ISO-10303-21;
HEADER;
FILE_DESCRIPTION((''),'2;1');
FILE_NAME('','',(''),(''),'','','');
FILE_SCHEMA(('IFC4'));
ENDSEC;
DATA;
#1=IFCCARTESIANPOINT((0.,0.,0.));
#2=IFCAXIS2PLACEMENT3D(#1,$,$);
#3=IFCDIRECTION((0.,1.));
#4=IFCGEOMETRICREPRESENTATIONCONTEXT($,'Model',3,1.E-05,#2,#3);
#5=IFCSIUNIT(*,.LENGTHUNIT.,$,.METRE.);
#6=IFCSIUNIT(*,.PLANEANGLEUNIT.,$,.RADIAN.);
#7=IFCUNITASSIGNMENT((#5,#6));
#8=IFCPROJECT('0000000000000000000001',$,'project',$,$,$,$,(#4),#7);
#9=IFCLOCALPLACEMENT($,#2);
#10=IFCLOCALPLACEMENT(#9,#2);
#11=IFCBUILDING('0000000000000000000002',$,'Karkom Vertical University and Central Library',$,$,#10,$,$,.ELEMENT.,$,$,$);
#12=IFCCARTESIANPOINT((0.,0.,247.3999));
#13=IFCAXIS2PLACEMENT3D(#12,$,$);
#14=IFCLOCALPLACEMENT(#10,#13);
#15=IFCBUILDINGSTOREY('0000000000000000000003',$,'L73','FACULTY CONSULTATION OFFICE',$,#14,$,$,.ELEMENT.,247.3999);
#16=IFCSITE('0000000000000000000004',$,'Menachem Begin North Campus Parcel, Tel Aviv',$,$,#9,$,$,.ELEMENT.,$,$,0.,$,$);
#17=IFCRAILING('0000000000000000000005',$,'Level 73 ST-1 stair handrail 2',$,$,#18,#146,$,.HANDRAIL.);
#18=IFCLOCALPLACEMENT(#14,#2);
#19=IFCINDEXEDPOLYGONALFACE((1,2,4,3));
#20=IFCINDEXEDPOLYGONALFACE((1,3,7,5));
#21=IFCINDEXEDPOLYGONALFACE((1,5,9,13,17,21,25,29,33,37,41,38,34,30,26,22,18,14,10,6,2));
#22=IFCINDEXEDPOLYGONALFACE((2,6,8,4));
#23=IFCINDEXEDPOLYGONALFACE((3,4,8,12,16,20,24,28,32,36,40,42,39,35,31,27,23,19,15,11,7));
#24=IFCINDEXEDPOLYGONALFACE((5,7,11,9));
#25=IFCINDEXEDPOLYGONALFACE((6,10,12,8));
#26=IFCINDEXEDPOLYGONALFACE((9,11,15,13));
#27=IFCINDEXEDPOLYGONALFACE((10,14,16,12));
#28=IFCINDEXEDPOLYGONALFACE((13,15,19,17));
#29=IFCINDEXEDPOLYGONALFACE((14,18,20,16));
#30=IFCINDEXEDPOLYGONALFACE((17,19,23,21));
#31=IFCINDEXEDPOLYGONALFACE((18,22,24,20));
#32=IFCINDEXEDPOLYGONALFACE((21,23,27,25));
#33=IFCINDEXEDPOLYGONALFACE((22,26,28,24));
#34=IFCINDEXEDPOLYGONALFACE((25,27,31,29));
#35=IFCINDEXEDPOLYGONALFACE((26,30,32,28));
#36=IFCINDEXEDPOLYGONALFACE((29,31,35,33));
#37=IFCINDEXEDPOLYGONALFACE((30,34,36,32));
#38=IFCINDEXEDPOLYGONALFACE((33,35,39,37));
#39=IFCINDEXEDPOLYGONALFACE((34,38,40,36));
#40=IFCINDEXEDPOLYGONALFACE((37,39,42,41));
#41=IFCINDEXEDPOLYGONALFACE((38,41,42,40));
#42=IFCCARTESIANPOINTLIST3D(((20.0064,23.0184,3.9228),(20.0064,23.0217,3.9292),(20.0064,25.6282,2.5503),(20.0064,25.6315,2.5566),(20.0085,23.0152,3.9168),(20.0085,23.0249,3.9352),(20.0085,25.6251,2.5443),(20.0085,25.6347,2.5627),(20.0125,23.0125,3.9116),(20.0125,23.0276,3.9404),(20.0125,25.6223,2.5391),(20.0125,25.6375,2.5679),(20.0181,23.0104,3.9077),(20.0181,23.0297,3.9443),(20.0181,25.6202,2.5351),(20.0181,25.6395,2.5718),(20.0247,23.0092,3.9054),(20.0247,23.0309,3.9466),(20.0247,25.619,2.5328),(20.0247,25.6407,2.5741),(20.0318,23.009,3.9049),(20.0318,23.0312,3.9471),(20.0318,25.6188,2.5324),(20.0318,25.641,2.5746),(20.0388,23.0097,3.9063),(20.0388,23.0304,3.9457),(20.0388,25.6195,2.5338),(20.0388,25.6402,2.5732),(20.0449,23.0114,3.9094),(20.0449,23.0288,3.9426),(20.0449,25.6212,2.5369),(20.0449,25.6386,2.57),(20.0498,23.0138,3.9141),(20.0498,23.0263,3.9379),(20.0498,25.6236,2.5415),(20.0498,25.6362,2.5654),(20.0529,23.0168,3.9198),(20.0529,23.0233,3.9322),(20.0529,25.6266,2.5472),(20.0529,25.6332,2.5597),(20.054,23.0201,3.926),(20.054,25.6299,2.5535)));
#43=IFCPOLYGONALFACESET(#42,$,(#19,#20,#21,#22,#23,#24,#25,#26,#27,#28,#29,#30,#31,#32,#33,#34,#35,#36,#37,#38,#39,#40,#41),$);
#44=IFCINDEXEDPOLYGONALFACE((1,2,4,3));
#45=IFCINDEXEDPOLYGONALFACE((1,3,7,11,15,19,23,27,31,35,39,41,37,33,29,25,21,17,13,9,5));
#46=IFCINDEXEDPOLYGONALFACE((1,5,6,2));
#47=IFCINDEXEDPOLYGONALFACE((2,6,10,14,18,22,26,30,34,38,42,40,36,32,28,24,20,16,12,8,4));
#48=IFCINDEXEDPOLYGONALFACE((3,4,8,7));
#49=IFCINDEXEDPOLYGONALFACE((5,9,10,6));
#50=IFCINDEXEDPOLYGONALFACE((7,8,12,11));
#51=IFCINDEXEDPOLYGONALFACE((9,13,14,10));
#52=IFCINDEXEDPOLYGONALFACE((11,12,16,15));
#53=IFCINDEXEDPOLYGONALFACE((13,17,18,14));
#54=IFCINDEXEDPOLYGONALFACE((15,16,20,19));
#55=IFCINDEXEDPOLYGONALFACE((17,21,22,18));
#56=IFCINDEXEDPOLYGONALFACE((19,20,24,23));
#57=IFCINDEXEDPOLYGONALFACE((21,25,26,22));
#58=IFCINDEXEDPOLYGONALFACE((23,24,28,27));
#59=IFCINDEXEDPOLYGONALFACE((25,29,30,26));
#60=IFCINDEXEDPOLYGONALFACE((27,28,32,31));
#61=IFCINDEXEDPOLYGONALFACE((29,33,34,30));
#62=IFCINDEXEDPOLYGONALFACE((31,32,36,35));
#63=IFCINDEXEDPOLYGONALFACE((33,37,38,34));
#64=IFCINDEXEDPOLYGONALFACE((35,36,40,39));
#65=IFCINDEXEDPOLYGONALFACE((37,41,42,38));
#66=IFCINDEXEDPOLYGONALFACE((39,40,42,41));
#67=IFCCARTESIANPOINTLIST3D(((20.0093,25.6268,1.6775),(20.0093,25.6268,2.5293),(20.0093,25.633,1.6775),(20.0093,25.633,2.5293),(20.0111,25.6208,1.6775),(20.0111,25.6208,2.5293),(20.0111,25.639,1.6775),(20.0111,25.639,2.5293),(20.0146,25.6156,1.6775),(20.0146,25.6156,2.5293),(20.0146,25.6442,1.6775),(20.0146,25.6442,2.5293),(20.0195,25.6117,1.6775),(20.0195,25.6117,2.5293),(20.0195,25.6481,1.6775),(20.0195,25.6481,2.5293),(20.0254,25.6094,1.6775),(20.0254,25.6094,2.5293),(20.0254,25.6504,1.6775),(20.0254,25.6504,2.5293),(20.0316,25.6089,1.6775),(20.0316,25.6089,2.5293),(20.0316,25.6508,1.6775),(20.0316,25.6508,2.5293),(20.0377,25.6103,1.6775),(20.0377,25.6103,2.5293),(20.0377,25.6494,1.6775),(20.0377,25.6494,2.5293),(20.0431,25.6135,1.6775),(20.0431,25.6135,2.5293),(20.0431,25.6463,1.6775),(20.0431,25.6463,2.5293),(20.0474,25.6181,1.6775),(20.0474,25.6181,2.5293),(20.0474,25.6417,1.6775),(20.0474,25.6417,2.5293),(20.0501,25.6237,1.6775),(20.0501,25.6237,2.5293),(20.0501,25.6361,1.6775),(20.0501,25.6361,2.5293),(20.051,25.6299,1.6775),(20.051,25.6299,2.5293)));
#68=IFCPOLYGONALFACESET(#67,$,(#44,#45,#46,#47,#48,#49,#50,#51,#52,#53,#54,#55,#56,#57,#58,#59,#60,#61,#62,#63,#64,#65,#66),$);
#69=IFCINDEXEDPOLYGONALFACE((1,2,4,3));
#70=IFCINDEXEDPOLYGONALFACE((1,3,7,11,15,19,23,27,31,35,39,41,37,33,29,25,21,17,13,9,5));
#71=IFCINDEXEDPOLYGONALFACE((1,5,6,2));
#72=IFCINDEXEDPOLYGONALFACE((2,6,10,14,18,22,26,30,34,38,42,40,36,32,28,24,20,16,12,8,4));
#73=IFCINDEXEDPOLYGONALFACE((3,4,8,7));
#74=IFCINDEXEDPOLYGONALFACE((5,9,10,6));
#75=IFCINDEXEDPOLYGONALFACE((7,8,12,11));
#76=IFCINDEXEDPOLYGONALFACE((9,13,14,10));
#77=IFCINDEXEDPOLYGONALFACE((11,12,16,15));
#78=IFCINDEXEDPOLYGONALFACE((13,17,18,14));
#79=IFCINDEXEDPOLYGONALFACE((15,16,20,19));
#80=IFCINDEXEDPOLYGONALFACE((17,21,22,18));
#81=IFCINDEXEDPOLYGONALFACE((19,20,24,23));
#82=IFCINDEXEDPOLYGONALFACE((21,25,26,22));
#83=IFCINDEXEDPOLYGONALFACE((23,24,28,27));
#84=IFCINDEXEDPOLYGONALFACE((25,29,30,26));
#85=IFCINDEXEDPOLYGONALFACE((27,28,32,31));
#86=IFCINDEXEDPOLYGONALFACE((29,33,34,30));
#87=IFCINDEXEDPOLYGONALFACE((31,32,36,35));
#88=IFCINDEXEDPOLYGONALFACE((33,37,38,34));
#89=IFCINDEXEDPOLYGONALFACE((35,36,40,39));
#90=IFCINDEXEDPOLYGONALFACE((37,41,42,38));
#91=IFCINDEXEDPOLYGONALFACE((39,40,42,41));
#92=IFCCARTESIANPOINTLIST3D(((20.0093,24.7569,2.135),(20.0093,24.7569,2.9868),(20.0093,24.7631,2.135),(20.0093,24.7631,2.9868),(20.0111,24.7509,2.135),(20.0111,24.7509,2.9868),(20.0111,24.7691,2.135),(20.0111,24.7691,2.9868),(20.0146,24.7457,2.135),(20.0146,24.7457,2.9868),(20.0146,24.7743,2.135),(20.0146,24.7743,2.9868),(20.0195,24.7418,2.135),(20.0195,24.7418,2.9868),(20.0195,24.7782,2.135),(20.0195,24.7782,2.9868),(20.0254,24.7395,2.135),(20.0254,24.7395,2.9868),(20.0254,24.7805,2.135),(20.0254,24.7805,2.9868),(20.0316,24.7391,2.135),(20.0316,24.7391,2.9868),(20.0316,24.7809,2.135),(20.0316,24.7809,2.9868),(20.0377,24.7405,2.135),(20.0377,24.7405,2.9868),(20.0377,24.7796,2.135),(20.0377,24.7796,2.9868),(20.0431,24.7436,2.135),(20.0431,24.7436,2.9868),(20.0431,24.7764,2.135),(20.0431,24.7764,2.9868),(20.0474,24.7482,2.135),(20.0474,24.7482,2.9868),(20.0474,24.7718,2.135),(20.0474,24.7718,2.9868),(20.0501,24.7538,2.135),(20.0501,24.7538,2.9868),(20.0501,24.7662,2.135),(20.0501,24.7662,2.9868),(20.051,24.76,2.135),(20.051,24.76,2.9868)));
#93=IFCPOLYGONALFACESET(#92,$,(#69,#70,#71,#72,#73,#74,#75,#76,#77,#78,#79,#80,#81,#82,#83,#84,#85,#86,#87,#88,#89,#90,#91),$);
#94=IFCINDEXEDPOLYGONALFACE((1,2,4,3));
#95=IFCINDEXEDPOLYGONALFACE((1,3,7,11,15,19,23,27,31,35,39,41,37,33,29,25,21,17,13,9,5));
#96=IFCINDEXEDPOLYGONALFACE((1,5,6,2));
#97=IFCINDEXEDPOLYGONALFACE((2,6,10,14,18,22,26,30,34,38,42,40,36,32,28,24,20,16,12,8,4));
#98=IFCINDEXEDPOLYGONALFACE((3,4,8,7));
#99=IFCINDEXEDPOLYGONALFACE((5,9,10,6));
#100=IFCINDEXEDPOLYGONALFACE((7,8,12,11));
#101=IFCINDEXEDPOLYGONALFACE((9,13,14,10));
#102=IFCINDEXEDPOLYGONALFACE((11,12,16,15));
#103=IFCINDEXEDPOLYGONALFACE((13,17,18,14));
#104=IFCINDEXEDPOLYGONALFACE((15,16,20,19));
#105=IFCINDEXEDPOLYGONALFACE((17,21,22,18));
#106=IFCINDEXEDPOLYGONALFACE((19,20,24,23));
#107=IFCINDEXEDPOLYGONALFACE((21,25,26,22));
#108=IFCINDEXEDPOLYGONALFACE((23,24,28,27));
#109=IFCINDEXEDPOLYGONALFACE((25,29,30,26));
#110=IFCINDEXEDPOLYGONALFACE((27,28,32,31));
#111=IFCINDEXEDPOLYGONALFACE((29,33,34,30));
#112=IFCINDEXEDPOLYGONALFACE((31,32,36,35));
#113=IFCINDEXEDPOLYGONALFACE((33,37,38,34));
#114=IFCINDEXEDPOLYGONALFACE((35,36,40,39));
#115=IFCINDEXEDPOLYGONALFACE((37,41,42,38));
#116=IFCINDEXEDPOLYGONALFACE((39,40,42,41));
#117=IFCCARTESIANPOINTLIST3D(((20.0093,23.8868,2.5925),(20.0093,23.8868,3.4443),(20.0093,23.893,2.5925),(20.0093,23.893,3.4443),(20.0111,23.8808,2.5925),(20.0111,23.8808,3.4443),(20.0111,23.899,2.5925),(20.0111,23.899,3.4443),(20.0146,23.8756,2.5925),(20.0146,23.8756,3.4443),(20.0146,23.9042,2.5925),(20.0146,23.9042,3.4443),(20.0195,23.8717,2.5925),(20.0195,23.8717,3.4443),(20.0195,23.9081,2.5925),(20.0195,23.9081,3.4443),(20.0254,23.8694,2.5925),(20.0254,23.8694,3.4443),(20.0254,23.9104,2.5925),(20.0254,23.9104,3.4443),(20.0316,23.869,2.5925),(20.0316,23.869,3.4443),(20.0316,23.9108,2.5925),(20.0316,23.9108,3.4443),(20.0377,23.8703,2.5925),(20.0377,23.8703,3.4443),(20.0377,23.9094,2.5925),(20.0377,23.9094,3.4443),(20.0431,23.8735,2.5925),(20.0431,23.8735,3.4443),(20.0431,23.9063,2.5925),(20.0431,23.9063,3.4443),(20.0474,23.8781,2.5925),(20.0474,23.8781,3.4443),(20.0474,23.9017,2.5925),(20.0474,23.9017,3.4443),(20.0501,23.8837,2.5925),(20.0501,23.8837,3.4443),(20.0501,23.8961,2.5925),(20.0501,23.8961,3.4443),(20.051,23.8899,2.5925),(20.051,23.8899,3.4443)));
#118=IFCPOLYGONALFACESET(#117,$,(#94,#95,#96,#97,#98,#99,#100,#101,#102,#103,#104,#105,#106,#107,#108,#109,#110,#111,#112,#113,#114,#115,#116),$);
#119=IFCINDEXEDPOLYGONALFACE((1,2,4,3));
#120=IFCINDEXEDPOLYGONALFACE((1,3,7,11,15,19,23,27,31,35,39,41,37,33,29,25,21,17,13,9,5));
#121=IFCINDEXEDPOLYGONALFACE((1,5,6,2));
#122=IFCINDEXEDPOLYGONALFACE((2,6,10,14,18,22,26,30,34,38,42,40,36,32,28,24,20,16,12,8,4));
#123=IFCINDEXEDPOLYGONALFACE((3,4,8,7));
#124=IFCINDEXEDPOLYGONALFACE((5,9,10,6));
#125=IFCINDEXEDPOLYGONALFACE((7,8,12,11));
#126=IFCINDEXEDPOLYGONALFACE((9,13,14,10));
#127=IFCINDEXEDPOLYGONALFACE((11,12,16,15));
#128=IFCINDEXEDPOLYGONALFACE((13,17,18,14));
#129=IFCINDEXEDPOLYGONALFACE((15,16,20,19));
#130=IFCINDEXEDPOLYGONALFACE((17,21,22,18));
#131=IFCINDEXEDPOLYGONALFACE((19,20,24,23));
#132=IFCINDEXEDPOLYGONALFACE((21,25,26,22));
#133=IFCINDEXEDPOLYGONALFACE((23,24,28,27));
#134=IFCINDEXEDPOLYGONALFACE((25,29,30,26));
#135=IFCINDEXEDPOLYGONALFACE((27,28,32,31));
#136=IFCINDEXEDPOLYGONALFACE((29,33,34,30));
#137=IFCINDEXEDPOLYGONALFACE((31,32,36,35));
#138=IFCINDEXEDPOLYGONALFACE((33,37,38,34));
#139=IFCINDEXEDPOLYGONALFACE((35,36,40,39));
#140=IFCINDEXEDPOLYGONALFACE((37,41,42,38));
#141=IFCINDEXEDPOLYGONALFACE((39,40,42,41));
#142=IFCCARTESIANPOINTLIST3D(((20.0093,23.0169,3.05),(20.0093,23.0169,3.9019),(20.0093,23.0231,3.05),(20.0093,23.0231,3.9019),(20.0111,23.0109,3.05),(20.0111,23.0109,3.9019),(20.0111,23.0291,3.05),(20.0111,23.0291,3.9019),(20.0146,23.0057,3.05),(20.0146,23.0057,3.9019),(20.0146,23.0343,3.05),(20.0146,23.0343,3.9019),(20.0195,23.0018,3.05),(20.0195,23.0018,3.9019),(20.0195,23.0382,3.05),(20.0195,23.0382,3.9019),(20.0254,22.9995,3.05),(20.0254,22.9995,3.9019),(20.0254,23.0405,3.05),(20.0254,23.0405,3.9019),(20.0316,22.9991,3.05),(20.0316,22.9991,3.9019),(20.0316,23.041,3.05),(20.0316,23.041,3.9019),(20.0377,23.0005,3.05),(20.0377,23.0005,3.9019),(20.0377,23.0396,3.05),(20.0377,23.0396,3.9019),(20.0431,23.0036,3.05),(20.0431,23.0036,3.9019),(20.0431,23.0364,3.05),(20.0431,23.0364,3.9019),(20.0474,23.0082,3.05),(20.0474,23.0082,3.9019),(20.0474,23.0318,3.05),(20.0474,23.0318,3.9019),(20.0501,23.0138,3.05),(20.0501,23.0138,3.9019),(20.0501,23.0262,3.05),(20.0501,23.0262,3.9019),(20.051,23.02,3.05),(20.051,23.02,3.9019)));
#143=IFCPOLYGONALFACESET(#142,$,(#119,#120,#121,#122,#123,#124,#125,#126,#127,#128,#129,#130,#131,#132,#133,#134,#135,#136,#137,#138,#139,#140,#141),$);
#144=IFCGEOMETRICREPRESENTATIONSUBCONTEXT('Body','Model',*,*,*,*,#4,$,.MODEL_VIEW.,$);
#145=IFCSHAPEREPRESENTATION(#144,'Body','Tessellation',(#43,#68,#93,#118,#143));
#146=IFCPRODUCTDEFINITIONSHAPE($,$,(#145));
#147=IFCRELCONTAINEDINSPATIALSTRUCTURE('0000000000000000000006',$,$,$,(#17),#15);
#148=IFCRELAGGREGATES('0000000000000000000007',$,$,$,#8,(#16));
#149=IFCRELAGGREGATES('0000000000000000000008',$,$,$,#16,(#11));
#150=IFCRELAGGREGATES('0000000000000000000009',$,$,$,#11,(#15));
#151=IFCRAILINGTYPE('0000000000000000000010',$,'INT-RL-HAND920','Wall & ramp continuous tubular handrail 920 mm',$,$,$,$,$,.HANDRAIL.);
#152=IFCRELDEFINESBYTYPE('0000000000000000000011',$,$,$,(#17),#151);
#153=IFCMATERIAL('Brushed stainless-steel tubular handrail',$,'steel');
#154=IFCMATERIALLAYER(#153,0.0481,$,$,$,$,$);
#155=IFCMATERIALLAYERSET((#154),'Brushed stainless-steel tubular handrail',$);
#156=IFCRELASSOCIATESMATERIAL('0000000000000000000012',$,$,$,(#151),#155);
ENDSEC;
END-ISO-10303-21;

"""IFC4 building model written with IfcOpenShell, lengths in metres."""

from ifc_helpers import new_model, si_unit, direction, frame, origin, origin_2d, place, context, subcontext, project, spatial, circle, extrude, material, layer, layer_set, type_object, element, save


model = new_model("IFC4")

# Units and contexts
model_context = context("Model", 3, precision=1e-05, world=origin(), true_north=direction((0.0, 1.0)))
body_context = subcontext(model_context, "Body", "Model", "MODEL_VIEW")
ifc_project = project(units=[si_unit("LENGTHUNIT", "METRE"), si_unit("PLANEANGLEUNIT", "RADIAN")], contexts=[model_context])

# Site, building, storey
site_placement = place(None, origin())
site = spatial("IfcSite", under=ifc_project, at=site_placement, Name="Menachem Begin North Campus Parcel, Tel Aviv", CompositionType="ELEMENT", RefElevation=0.0)
building_placement = place(site_placement, origin())
building = spatial("IfcBuilding", under=site, at=building_placement, Name="Karkom Vertical University and Central Library", CompositionType="ELEMENT")
storey_placement = place(building_placement, frame((0.0, 0.0, 247.3999)))
storey = spatial("IfcBuildingStorey", under=building, at=storey_placement, Name="L73", Description="FACULTY CONSULTATION OFFICE", CompositionType="ELEMENT", Elevation=247.3999)

# Railing
ifc_material_1 = material(Name="Brushed stainless-steel tubular handrail", Category="steel")
ifc_layer_1 = layer(ifc_material_1, 0.0481)
ifc_layer_set_1 = layer_set([ifc_layer_1], Name="Brushed stainless-steel tubular handrail")
railing_type_1 = type_object("IfcRailingType", Name="INT-RL-HAND920", Description="Wall & ramp continuous tubular handrail 920 mm", PredefinedType="HANDRAIL", material=ifc_layer_set_1)
railing_1_placement = place(storey_placement, frame((20.03, 25.6299, 1.6775)))
element("IfcRailing", 1, at=railing_1_placement, inside=storey, type_object=railing_type_1, Name="Level 73 ST-1 stair handrail 2", PredefinedType="HANDRAIL", context=body_context, shape_type="SweptSolid", body=[
    extrude(circle(Radius=0.0239, at=origin_2d()), frame((0.0, 0.0, 0.876), z_axis=(0.0, -0.885065, 0.465467), x_axis=(1.0, 0.0, 0.0)), (0.0, 0.0, 1.0), 2.9487),
    extrude(circle(Radius=0.021, at=origin_2d()), origin(), (0.0, 0.0, 1.0), 0.8518),
    extrude(circle(Radius=0.021, at=origin_2d()), frame((0.0, -0.8699, 0.4575)), (0.0, 0.0, 1.0), 0.8518),
    extrude(circle(Radius=0.021, at=origin_2d()), frame((0.0, -1.74, 0.915)), (0.0, 0.0, 1.0), 0.8518),
    extrude(circle(Radius=0.021, at=origin_2d()), frame((0.0, -2.6099, 1.3726)), (0.0, 0.0, 1.0), 0.8518),
])

save(model, "model.ifc")
